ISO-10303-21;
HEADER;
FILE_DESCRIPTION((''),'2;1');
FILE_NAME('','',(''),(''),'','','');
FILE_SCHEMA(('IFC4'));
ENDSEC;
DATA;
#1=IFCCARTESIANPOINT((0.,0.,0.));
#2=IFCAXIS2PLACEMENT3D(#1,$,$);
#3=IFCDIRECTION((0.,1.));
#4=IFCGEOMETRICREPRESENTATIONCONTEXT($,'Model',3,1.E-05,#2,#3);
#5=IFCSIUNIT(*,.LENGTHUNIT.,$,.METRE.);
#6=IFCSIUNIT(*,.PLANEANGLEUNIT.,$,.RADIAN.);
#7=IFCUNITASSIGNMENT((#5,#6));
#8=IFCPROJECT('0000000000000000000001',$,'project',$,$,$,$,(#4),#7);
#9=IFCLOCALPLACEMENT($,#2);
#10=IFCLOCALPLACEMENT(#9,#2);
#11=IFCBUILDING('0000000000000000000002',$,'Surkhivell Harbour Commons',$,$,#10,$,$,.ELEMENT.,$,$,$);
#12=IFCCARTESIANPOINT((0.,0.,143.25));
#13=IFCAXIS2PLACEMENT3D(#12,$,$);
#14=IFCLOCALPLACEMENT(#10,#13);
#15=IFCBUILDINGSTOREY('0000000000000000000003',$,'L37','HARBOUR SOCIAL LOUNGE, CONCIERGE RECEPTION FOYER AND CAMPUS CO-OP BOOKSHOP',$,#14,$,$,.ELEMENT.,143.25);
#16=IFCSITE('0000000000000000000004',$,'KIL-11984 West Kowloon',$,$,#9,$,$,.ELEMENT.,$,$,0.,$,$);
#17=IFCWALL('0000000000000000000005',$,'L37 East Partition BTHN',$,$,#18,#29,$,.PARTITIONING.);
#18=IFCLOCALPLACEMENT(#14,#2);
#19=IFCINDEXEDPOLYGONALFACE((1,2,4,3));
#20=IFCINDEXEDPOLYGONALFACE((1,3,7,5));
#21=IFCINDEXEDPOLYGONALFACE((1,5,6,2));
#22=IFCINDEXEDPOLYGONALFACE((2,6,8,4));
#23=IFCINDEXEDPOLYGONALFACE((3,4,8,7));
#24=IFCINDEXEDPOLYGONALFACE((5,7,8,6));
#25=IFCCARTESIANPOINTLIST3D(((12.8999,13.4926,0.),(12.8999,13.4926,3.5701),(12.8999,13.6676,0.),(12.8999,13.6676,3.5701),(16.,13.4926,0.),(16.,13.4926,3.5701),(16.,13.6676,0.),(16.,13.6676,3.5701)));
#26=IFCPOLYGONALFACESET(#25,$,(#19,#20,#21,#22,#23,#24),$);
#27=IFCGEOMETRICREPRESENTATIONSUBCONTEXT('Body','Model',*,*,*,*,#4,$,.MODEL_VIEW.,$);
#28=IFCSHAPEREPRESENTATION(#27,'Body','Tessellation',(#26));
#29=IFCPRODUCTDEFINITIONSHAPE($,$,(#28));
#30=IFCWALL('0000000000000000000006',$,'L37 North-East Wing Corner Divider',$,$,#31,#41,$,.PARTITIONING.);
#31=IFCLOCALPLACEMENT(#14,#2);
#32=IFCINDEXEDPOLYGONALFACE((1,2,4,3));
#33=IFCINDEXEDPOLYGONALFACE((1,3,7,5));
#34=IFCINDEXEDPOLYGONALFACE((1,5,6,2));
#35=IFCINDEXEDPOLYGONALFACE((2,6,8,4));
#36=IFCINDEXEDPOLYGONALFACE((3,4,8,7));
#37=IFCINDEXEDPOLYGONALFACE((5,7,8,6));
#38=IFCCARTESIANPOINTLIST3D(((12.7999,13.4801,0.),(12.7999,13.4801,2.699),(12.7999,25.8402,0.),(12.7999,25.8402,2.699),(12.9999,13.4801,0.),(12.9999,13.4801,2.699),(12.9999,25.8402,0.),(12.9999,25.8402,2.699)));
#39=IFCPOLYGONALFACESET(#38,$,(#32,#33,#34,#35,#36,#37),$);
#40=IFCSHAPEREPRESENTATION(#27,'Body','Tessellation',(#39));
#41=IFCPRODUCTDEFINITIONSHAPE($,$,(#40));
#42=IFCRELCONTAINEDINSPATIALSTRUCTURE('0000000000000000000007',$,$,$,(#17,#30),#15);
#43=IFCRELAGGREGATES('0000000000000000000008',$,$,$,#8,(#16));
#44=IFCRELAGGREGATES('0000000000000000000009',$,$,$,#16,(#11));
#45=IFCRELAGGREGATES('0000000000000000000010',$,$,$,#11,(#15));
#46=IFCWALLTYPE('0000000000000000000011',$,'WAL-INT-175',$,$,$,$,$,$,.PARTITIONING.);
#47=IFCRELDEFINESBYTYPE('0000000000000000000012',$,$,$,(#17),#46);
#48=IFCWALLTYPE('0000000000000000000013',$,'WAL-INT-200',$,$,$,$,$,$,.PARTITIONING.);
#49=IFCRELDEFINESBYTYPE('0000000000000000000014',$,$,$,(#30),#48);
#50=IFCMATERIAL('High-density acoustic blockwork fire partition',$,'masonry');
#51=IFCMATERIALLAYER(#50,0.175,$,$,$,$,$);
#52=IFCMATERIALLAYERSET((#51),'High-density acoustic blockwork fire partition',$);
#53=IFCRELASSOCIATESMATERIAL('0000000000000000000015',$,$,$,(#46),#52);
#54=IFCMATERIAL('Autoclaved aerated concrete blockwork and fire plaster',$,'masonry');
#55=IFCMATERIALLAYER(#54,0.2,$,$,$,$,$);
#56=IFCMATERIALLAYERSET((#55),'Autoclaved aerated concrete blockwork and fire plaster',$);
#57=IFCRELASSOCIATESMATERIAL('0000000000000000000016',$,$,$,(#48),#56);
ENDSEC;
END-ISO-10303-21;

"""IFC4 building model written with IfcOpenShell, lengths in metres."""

from ifc_helpers import new_model, si_unit, direction, frame, frame_2d, origin, place, context, subcontext, project, spatial, rectangle, extrude, material, layer, layer_set, type_object, element, save


model = new_model("IFC4")

# Units and contexts
model_context = context("Model", 3, precision=1e-05, world=origin(), true_north=direction((0.0, 1.0)))
body_context = subcontext(model_context, "Body", "Model", "MODEL_VIEW")
ifc_project = project(units=[si_unit("LENGTHUNIT", "METRE"), si_unit("PLANEANGLEUNIT", "RADIAN")], contexts=[model_context])

# Site, building, storey
site_placement = place(None, origin())
site = spatial("IfcSite", under=ifc_project, at=site_placement, Name="KIL-11984 West Kowloon", CompositionType="ELEMENT", RefElevation=0.0)
building_placement = place(site_placement, origin())
building = spatial("IfcBuilding", under=site, at=building_placement, Name="Surkhivell Harbour Commons", CompositionType="ELEMENT")
storey_placement = place(building_placement, frame((0.0, 0.0, 143.25)))
storey = spatial("IfcBuildingStorey", under=building, at=storey_placement, Name="L37", Description="HARBOUR SOCIAL LOUNGE, CONCIERGE RECEPTION FOYER AND CAMPUS CO-OP BOOKSHOP", CompositionType="ELEMENT", Elevation=143.25)

# Walls
ifc_material_1 = material(Name="High-density acoustic blockwork fire partition", Category="masonry")
ifc_layer_1 = layer(ifc_material_1, 0.175)
ifc_layer_set_1 = layer_set([ifc_layer_1], Name="High-density acoustic blockwork fire partition")
wall_type_1 = type_object("IfcWallType", Name="WAL-INT-175", PredefinedType="PARTITIONING", material=ifc_layer_set_1)
wall_1_placement = place(storey_placement, frame((12.8999, 13.5801, 0.0), z_axis=(0.0, 0.0, 1.0), x_axis=(1.0, 0.0, 0.0)))
element("IfcWall", 1, at=wall_1_placement, inside=storey, type_object=wall_type_1, Name="L37 East Partition BTHN", PredefinedType="PARTITIONING", context=body_context, shape_type="SweptSolid", body=[
    extrude(rectangle(XDim=3.1001, YDim=0.175, at=frame_2d((1.55, 0.0))), origin(), (0.0, 0.0, 1.0), 3.5701),
])
ifc_material_2 = material(Name="Autoclaved aerated concrete blockwork and fire plaster", Category="masonry")
ifc_layer_2 = layer(ifc_material_2, 0.2)
ifc_layer_set_2 = layer_set([ifc_layer_2], Name="Autoclaved aerated concrete blockwork and fire plaster")
wall_type_2 = type_object("IfcWallType", Name="WAL-INT-200", PredefinedType="PARTITIONING", material=ifc_layer_set_2)
wall_2_placement = place(storey_placement, frame((12.8999, 13.48, 0.0), z_axis=(0.0, 0.0, 1.0), x_axis=(0.0, 1.0, 0.0)))
element("IfcWall", 2, at=wall_2_placement, inside=storey, type_object=wall_type_2, Name="L37 North-East Wing Corner Divider", PredefinedType="PARTITIONING", context=body_context, shape_type="SweptSolid", body=[
    extrude(rectangle(XDim=12.3601, YDim=0.2, at=frame_2d((6.1802, 0.0))), origin(), (0.0, 0.0, 1.0), 2.699),
])

save(model, "model.ifc")
